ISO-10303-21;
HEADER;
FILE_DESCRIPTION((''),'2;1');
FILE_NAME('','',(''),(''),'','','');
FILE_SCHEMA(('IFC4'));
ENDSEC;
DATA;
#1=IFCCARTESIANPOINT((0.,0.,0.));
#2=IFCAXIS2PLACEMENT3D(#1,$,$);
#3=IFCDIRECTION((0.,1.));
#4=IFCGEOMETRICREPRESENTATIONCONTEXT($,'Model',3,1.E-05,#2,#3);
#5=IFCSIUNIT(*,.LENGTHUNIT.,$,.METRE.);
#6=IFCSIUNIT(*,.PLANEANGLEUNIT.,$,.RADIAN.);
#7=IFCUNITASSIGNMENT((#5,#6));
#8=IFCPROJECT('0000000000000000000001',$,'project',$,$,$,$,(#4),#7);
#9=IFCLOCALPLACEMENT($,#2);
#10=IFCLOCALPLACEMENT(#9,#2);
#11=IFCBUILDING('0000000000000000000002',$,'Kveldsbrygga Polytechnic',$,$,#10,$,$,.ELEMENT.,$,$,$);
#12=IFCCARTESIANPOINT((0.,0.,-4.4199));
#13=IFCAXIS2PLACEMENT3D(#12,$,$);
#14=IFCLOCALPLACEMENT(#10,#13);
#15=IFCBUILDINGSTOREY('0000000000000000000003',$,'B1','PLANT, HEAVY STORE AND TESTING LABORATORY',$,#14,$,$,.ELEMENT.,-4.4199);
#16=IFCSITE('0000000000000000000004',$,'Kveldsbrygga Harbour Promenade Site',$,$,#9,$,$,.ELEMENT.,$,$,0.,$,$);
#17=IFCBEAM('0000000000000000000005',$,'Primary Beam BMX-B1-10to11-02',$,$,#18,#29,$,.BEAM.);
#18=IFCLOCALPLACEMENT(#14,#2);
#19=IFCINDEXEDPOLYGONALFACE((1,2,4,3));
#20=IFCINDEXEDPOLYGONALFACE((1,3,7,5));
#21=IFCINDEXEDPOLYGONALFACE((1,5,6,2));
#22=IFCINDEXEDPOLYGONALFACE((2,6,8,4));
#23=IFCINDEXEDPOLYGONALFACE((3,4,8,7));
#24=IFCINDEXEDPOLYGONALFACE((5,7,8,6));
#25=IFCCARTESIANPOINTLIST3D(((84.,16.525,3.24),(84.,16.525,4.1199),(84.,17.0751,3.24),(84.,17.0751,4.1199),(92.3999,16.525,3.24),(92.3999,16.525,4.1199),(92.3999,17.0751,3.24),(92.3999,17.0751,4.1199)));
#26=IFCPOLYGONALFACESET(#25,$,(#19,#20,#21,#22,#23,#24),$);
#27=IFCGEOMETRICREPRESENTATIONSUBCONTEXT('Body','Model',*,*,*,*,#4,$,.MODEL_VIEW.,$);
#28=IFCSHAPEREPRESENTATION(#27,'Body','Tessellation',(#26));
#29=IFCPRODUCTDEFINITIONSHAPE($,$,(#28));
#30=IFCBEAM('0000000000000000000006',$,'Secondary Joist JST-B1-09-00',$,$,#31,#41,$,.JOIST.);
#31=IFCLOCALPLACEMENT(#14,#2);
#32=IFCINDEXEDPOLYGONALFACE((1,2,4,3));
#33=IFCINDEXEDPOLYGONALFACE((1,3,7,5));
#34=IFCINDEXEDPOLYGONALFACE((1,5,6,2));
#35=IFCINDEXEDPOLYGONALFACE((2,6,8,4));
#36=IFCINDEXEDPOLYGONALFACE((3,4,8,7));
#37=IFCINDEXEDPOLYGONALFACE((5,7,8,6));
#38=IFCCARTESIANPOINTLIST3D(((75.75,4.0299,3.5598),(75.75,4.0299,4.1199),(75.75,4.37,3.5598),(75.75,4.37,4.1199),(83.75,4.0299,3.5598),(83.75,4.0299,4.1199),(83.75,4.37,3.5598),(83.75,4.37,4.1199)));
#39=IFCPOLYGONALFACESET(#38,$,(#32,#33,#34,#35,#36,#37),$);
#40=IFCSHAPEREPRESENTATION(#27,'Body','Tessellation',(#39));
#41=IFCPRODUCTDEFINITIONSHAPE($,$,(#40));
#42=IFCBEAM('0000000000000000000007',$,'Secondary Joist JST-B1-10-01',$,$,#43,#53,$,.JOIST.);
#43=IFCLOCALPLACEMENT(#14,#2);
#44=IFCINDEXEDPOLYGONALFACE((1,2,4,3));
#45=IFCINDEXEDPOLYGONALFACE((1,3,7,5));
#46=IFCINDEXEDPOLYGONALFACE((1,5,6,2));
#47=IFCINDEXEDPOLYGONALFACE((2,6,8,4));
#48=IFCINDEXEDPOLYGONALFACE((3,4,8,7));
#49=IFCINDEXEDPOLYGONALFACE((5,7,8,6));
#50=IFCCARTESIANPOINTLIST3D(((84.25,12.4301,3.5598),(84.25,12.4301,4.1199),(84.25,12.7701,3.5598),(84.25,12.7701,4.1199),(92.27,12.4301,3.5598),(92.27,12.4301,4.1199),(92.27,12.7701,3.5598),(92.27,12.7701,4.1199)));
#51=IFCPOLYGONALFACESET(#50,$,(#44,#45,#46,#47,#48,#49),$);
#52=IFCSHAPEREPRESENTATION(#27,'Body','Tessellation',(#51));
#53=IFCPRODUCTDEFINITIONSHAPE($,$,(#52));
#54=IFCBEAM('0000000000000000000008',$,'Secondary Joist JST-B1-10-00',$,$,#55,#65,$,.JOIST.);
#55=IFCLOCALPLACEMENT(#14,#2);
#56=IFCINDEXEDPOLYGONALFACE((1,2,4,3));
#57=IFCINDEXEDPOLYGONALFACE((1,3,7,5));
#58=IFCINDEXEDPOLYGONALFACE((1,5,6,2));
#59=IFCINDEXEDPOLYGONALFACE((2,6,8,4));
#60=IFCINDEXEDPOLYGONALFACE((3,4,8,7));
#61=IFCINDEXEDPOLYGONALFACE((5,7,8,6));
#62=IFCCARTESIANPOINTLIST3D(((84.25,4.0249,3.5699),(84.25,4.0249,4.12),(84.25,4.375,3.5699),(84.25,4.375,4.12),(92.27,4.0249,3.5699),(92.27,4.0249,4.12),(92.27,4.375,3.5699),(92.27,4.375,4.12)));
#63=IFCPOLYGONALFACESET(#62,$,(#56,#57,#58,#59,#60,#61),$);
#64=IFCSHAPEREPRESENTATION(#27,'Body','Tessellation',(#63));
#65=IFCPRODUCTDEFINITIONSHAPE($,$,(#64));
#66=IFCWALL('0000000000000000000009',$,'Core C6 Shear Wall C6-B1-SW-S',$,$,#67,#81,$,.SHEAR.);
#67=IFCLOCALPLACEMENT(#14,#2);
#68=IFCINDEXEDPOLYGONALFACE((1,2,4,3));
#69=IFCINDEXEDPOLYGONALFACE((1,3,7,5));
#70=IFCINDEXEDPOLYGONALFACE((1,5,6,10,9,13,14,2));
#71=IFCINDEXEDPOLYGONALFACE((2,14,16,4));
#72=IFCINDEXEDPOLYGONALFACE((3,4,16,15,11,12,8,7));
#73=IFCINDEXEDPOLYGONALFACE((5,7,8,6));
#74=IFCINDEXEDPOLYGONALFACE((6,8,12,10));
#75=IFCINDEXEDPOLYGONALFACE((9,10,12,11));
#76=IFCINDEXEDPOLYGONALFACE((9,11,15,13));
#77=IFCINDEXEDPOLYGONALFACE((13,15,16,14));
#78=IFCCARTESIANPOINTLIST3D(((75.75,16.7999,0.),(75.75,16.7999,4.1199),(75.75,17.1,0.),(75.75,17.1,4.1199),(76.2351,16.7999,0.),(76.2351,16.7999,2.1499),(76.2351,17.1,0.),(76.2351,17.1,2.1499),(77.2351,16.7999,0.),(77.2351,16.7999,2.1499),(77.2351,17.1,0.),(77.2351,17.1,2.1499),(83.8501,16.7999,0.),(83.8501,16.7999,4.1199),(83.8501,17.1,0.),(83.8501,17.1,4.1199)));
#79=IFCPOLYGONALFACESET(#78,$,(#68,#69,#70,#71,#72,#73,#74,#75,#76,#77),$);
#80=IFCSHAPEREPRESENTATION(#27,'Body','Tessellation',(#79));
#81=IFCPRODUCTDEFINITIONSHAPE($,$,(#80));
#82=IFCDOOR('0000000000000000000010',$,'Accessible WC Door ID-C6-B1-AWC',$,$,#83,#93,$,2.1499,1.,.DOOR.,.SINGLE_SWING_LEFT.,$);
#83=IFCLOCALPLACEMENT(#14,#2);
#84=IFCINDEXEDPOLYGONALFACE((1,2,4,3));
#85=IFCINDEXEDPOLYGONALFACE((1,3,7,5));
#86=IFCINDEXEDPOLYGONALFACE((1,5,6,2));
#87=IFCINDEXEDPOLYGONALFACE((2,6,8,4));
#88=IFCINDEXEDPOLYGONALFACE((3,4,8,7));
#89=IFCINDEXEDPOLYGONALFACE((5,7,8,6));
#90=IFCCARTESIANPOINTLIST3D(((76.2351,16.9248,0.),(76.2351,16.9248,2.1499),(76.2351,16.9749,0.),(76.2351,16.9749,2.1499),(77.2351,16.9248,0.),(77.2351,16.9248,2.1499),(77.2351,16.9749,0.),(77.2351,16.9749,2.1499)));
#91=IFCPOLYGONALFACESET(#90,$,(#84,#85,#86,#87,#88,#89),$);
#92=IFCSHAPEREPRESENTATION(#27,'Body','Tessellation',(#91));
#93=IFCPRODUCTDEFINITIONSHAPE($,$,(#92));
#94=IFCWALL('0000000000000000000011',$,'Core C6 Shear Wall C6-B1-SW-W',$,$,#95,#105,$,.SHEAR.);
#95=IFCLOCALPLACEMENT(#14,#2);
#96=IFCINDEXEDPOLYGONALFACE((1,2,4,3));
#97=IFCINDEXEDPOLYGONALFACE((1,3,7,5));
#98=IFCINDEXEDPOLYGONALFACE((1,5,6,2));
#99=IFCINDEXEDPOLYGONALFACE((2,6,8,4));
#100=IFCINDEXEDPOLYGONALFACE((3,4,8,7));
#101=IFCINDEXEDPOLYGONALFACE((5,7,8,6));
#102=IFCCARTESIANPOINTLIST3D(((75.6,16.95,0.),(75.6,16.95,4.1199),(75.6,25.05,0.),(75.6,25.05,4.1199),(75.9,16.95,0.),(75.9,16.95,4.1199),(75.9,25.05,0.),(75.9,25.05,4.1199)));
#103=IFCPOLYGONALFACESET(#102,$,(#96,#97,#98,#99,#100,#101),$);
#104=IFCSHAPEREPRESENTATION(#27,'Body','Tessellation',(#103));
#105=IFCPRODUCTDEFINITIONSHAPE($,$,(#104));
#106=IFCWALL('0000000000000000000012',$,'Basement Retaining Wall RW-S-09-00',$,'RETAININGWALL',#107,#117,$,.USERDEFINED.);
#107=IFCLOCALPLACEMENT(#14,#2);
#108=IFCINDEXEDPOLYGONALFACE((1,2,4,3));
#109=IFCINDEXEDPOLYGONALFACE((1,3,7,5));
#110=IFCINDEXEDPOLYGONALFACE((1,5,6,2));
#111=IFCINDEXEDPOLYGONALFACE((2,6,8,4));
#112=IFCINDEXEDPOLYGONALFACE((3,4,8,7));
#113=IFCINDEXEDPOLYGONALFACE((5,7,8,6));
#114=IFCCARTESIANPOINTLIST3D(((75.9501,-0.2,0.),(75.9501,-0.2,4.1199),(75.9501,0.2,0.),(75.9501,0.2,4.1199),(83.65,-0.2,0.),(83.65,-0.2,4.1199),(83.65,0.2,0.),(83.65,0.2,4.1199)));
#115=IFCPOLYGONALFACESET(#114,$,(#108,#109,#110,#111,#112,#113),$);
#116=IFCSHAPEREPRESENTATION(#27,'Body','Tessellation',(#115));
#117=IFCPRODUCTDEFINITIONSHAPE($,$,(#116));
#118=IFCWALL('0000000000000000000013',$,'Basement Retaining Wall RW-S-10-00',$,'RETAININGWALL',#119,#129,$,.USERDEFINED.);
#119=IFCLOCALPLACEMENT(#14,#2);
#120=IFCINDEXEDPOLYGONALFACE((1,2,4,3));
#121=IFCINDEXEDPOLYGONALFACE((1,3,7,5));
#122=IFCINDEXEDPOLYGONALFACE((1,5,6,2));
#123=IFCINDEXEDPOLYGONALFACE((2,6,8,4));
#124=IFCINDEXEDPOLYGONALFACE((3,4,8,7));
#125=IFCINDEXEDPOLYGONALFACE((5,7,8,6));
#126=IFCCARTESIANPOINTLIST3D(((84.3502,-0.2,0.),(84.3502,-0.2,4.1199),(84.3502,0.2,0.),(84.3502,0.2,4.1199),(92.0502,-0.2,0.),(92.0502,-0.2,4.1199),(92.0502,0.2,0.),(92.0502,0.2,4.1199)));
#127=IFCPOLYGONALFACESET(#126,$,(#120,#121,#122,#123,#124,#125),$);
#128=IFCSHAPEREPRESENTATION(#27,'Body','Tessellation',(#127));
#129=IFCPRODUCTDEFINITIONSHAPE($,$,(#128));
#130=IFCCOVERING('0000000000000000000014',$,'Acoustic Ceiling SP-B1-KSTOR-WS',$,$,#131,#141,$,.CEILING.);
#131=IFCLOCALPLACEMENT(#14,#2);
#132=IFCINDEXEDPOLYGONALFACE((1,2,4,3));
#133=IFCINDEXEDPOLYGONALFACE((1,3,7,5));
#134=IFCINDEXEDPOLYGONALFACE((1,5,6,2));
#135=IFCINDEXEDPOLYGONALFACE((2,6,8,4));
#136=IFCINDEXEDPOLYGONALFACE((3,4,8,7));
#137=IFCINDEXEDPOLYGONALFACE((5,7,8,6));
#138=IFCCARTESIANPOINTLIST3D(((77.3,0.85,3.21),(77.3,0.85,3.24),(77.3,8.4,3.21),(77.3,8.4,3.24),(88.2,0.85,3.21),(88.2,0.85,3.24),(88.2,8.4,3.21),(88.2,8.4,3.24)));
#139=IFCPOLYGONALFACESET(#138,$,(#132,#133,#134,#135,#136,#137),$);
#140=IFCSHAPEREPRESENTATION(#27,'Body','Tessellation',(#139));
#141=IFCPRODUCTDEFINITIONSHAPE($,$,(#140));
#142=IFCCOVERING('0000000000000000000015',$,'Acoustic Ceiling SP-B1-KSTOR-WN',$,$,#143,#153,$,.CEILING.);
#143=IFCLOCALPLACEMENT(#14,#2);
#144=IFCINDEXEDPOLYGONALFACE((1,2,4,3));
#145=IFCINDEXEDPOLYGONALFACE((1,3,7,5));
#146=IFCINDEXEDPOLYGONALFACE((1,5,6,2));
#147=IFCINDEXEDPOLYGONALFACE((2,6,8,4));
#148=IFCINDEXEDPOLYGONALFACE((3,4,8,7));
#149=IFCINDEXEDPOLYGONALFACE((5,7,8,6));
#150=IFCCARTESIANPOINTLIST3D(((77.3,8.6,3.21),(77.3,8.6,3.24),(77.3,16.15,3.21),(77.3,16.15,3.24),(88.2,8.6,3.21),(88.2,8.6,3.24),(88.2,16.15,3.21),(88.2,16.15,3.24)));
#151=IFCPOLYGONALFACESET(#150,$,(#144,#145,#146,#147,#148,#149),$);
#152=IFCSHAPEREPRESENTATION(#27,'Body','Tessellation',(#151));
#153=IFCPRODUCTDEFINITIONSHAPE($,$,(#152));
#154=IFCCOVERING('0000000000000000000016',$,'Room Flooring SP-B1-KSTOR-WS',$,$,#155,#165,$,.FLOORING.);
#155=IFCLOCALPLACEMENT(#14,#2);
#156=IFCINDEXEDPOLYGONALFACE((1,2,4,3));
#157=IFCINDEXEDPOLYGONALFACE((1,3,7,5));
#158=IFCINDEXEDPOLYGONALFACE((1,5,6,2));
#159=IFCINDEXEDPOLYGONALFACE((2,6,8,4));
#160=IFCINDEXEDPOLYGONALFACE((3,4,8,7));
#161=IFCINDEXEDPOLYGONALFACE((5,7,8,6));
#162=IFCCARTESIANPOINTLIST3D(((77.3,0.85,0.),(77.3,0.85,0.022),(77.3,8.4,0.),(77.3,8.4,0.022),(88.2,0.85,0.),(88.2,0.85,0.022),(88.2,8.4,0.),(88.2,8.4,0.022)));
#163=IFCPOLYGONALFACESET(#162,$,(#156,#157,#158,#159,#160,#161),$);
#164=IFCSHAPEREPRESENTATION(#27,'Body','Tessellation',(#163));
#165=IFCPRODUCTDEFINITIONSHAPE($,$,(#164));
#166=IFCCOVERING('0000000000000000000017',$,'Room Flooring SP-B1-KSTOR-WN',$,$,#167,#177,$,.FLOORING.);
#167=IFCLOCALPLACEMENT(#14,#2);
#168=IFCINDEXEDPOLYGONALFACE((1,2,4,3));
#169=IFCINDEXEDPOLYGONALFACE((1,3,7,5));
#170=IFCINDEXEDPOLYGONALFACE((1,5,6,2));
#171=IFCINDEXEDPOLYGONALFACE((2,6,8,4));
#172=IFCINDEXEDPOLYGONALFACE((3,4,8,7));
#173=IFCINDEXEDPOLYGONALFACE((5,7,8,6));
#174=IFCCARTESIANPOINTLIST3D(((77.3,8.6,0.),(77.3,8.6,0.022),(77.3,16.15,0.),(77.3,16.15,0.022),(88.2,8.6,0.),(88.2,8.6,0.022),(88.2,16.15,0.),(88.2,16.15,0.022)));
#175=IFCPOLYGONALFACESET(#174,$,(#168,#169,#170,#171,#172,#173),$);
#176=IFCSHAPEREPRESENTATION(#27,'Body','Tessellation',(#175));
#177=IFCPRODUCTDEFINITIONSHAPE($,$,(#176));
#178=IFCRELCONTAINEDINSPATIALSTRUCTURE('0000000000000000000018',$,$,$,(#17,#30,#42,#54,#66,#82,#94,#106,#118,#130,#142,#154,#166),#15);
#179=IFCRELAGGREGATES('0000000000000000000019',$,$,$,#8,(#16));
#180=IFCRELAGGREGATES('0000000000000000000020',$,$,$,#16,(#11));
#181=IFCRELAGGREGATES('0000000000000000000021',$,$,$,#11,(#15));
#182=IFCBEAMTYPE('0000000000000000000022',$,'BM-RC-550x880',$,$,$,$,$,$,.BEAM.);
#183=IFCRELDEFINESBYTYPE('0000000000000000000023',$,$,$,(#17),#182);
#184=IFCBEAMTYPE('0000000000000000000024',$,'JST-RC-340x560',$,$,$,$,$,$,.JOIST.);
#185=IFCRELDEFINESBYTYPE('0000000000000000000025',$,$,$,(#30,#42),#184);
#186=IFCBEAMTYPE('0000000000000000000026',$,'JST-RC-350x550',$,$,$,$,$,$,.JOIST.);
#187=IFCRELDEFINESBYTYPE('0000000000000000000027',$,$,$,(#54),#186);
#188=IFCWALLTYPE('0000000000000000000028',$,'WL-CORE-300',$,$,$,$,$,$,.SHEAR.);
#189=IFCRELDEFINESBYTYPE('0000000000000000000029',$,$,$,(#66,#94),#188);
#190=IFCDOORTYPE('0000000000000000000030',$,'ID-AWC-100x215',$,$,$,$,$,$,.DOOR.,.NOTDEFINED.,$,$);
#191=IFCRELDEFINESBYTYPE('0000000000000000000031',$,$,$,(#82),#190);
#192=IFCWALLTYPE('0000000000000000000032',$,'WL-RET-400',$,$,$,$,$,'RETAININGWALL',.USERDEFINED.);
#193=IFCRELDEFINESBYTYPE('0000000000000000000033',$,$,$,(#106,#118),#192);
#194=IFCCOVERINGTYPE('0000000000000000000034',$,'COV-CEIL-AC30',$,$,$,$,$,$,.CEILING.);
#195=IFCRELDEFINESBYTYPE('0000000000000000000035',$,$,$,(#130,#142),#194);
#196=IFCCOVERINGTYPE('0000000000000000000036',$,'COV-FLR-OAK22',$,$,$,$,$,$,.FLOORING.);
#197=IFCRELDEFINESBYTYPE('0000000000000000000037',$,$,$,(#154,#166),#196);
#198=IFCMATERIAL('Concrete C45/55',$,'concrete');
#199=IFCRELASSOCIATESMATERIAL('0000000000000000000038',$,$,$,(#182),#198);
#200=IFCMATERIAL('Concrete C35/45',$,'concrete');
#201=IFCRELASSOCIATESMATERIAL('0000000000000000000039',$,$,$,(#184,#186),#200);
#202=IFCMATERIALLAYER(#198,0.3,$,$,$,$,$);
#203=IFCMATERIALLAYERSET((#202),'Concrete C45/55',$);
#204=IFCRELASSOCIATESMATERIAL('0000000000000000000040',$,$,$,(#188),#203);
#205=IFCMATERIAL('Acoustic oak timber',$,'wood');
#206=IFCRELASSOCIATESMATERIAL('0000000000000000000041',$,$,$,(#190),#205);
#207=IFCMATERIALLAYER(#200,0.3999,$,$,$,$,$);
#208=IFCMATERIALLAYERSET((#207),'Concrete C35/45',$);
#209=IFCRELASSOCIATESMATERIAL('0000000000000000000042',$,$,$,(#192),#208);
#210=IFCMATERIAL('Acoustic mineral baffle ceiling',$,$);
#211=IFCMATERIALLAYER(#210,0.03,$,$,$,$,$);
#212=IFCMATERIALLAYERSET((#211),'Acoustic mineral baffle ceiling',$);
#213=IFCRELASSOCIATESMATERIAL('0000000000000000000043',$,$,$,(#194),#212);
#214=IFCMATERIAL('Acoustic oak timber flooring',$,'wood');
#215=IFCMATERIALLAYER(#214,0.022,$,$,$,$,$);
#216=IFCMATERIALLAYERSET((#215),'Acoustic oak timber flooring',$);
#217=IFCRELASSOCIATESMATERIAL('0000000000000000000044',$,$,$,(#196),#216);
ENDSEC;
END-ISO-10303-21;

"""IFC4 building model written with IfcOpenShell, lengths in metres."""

from ifc_helpers import new_model, si_unit, direction, frame, frame_2d, origin, origin_2d, place, context, subcontext, project, spatial, rectangle, extrude, material, layer, layer_set, material_profile, profile_set, type_object, element, fill, save


model = new_model("IFC4")

# Units and contexts
model_context = context("Model", 3, precision=1e-05, world=origin(), true_north=direction((0.0, 1.0)))
body_context = subcontext(model_context, "Body", "Model", "MODEL_VIEW")
ifc_project = project(units=[si_unit("LENGTHUNIT", "METRE"), si_unit("PLANEANGLEUNIT", "RADIAN")], contexts=[model_context])

# Site, building, storey
site_placement = place(None, origin())
site = spatial("IfcSite", under=ifc_project, at=site_placement, Name="Kveldsbrygga Harbour Promenade Site", CompositionType="ELEMENT", RefElevation=0.0)
building_placement = place(site_placement, origin())
building = spatial("IfcBuilding", under=site, at=building_placement, Name="Kveldsbrygga Polytechnic", CompositionType="ELEMENT")
storey_placement = place(building_placement, frame((0.0, 0.0, -4.4199)))
storey = spatial("IfcBuildingStorey", under=building, at=storey_placement, Name="B1", Description="PLANT, HEAVY STORE AND TESTING LABORATORY", CompositionType="ELEMENT", Elevation=-4.4199)

# Shared definitions
ifc_material_1 = material(Name="Concrete C45/55", Category="concrete")

# Beams
ifc_material_2 = material(Name="Concrete C35/45", Category="concrete")
ifc_material_profile_1 = material_profile(ifc_material_1, rectangle(XDim=0.55, YDim=0.8799, at=origin_2d()), Name="RC 550x880")
ifc_profile_set_1 = profile_set([ifc_material_profile_1], Name="Concrete C45/55")
beam_type_1 = type_object("IfcBeamType", Name="BM-RC-550x880", PredefinedType="BEAM", material=ifc_profile_set_1)
for number, where, z_axis, x_axis, name in (
    (1, (84.0, 16.8, 3.6799), (1.0, 0.0, 0.0), (0.0, 1.0, 0.0), "Primary Beam BMX-B1-10to11-02"),
):
    element("IfcBeam", number, at=place(storey_placement, frame(where, z_axis=z_axis, x_axis=x_axis)), inside=storey, type_object=beam_type_1, Name=name, PredefinedType="BEAM", context=body_context, shape_type="SweptSolid", body=[
        extrude(rectangle(XDim=0.55, YDim=0.8799, at=origin_2d()), origin(), (0.0, 0.0, 1.0), 8.3999),
    ])
ifc_material_profile_2 = material_profile(ifc_material_2, rectangle(XDim=0.3401, YDim=0.5601, at=origin_2d()), Name="RC 340x560")
ifc_profile_set_2 = profile_set([ifc_material_profile_2], Name="Concrete C35/45")
beam_type_2 = type_object("IfcBeamType", Name="JST-RC-340x560", PredefinedType="JOIST", material=ifc_profile_set_2)
beam_1_placement = place(storey_placement, frame((75.75, 4.2, 3.8398), z_axis=(1.0, 0.0, 0.0), x_axis=(0.0, 1.0, 0.0)))
element("IfcBeam", 2, at=beam_1_placement, inside=storey, type_object=beam_type_2, Name="Secondary Joist JST-B1-09-00", PredefinedType="JOIST", context=body_context, shape_type="SweptSolid", body=[
    extrude(rectangle(XDim=0.3401, YDim=0.5601, at=origin_2d()), origin(), (0.0, 0.0, 1.0), 8.0),
])
beam_2_placement = place(storey_placement, frame((84.25, 12.6001, 3.8398), z_axis=(1.0, 0.0, 0.0), x_axis=(0.0, 1.0, 0.0)))
element("IfcBeam", 3, at=beam_2_placement, inside=storey, type_object=beam_type_2, Name="Secondary Joist JST-B1-10-01", PredefinedType="JOIST", context=body_context, shape_type="SweptSolid", body=[
    extrude(rectangle(XDim=0.3401, YDim=0.5601, at=origin_2d()), origin(), (0.0, 0.0, 1.0), 8.02),
])
ifc_material_profile_3 = material_profile(ifc_material_2, rectangle(XDim=0.3501, YDim=0.55, at=origin_2d()), Name="RC 350x550")
ifc_profile_set_3 = profile_set([ifc_material_profile_3], Name="Concrete C35/45")
beam_type_3 = type_object("IfcBeamType", Name="JST-RC-350x550", PredefinedType="JOIST", material=ifc_profile_set_3)
beam_3_placement = place(storey_placement, frame((84.25, 4.2, 3.845), z_axis=(1.0, 0.0, 0.0), x_axis=(0.0, 1.0, 0.0)))
element("IfcBeam", 4, at=beam_3_placement, inside=storey, type_object=beam_type_3, Name="Secondary Joist JST-B1-10-00", PredefinedType="JOIST", context=body_context, shape_type="SweptSolid", body=[
    extrude(rectangle(XDim=0.3501, YDim=0.55, at=origin_2d()), origin(), (0.0, 0.0, 1.0), 8.02),
])

# Wall, opening, door
ifc_layer_1 = layer(ifc_material_1, 0.3)
ifc_layer_set_1 = layer_set([ifc_layer_1], Name="Concrete C45/55")
wall_type_1 = type_object("IfcWallType", Name="WL-CORE-300", PredefinedType="SHEAR", material=ifc_layer_set_1)
wall_1_placement = place(storey_placement, frame((75.75, 16.95, 0.0), z_axis=(0.0, 0.0, 1.0), x_axis=(1.0, 0.0, 0.0)))
wall_1 = element("IfcWall", 5, at=wall_1_placement, inside=storey, type_object=wall_type_1, Name="Core C6 Shear Wall C6-B1-SW-S", PredefinedType="SHEAR", context=body_context, shape_type="SweptSolid", body=[
    extrude(rectangle(XDim=8.1001, YDim=0.3, at=frame_2d((4.05, 0.0))), origin(), (0.0, 0.0, 1.0), 4.1199),
])
opening_1_placement = place(wall_1_placement, frame((0.4851, 0.0, 0.0)))
opening_1 = element("IfcOpeningElement", 6, at=opening_1_placement, cuts=wall_1, PredefinedType="OPENING", context=body_context, shape_type="SweptSolid", body=[
    extrude(rectangle(XDim=1.0, YDim=2.1499, at=frame_2d((0.5, 1.075))), frame((0.0, 0.1602, 0.0), z_axis=(0.0, -1.0, 0.0), x_axis=(1.0, 0.0, 0.0)), (0.0, 0.0, 1.0), 0.3201),
])
ifc_material_3 = material(Name="Acoustic oak timber", Category="wood")
door_type_1 = type_object("IfcDoorType", Name="ID-AWC-100x215", OperationType="NOTDEFINED", PredefinedType="DOOR", material=ifc_material_3)
door_1_placement = place(opening_1_placement, origin())
door_1 = element("IfcDoor", 7, at=door_1_placement, inside=storey, type_object=door_type_1, Name="Accessible WC Door ID-C6-B1-AWC", OperationType="SINGLE_SWING_LEFT", OverallHeight=2.1499, OverallWidth=1.0, PredefinedType="DOOR", context=body_context, shape_type="SweptSolid", body=[
    extrude(rectangle(XDim=1.0, YDim=2.1499, at=frame_2d((0.5, 1.075))), frame((0.0, 0.0249, 0.0), z_axis=(0.0, -1.0, 0.0), x_axis=(1.0, 0.0, 0.0)), (0.0, 0.0, 1.0), 0.05),
])
fill(opening_1, door_1)

# Wall
wall_2_placement = place(storey_placement, frame((75.75, 16.95, 0.0), z_axis=(0.0, 0.0, 1.0), x_axis=(0.0, 1.0, 0.0)))
element("IfcWall", 8, at=wall_2_placement, inside=storey, type_object=wall_type_1, Name="Core C6 Shear Wall C6-B1-SW-W", PredefinedType="SHEAR", context=body_context, shape_type="SweptSolid", body=[
    extrude(rectangle(XDim=8.1001, YDim=0.3, at=frame_2d((4.05, 0.0))), origin(), (0.0, 0.0, 1.0), 4.1199),
])

# Walls
ifc_layer_2 = layer(ifc_material_2, 0.3999)
ifc_layer_set_2 = layer_set([ifc_layer_2], Name="Concrete C35/45")
wall_type_2 = type_object("IfcWallType", Name="WL-RET-400", ElementType="RETAININGWALL", PredefinedType="USERDEFINED", material=ifc_layer_set_2)
for number, where, z_axis, x_axis, name in (
    (9, (75.95, 0.0, 0.0), (0.0, 0.0, 1.0), (1.0, 0.0, 0.0), "Basement Retaining Wall RW-S-09-00"),
    (10, (84.3501, 0.0, 0.0), (0.0, 0.0, 1.0), (1.0, 0.0, 0.0), "Basement Retaining Wall RW-S-10-00"),
):
    element("IfcWall", number, at=place(storey_placement, frame(where, z_axis=z_axis, x_axis=x_axis)), inside=storey, type_object=wall_type_2, Name=name, ObjectType="RETAININGWALL", PredefinedType="USERDEFINED", context=body_context, shape_type="SweptSolid", body=[
        extrude(rectangle(XDim=7.7, YDim=0.3999, at=frame_2d((3.8501, 0.0))), origin(), (0.0, 0.0, 1.0), 4.1199),
    ])

# Coverings
ifc_material_4 = material(Name="Acoustic mineral baffle ceiling")
ifc_layer_3 = layer(ifc_material_4, 0.03)
ifc_layer_set_3 = layer_set([ifc_layer_3], Name="Acoustic mineral baffle ceiling")
covering_type_1 = type_object("IfcCoveringType", Name="COV-CEIL-AC30", PredefinedType="CEILING", material=ifc_layer_set_3)
for number, where, z_axis, x_axis, name in (
    (11, (82.75, 4.625, 3.21), (0.0, 0.0, 1.0), (1.0, 0.0, 0.0), "Acoustic Ceiling SP-B1-KSTOR-WS"),
    (12, (82.75, 12.375, 3.21), (0.0, 0.0, 1.0), (1.0, 0.0, 0.0), "Acoustic Ceiling SP-B1-KSTOR-WN"),
):
    element("IfcCovering", number, at=place(storey_placement, frame(where, z_axis=z_axis, x_axis=x_axis)), inside=storey, type_object=covering_type_1, Name=name, PredefinedType="CEILING", context=body_context, shape_type="SweptSolid", body=[
        extrude(rectangle(XDim=10.8999, YDim=7.55, at=origin_2d()), origin(), (0.0, 0.0, 1.0), 0.03),
    ])
ifc_material_5 = material(Name="Acoustic oak timber flooring", Category="wood")
ifc_layer_4 = layer(ifc_material_5, 0.022)
ifc_layer_set_4 = layer_set([ifc_layer_4], Name="Acoustic oak timber flooring")
covering_type_2 = type_object("IfcCoveringType", Name="COV-FLR-OAK22", PredefinedType="FLOORING", material=ifc_layer_set_4)
for number, where, z_axis, x_axis, name in (
    (13, (82.75, 4.625, 0.0), (0.0, 0.0, 1.0), (1.0, 0.0, 0.0), "Room Flooring SP-B1-KSTOR-WS"),
    (14, (82.75, 12.375, 0.0), (0.0, 0.0, 1.0), (1.0, 0.0, 0.0), "Room Flooring SP-B1-KSTOR-WN"),
):
    element("IfcCovering", number, at=place(storey_placement, frame(where, z_axis=z_axis, x_axis=x_axis)), inside=storey, type_object=covering_type_2, Name=name, PredefinedType="FLOORING", context=body_context, shape_type="SweptSolid", body=[
        extrude(rectangle(XDim=10.8999, YDim=7.55, at=origin_2d()), origin(), (0.0, 0.0, 1.0), 0.022),
    ])

save(model, "model.ifc")
